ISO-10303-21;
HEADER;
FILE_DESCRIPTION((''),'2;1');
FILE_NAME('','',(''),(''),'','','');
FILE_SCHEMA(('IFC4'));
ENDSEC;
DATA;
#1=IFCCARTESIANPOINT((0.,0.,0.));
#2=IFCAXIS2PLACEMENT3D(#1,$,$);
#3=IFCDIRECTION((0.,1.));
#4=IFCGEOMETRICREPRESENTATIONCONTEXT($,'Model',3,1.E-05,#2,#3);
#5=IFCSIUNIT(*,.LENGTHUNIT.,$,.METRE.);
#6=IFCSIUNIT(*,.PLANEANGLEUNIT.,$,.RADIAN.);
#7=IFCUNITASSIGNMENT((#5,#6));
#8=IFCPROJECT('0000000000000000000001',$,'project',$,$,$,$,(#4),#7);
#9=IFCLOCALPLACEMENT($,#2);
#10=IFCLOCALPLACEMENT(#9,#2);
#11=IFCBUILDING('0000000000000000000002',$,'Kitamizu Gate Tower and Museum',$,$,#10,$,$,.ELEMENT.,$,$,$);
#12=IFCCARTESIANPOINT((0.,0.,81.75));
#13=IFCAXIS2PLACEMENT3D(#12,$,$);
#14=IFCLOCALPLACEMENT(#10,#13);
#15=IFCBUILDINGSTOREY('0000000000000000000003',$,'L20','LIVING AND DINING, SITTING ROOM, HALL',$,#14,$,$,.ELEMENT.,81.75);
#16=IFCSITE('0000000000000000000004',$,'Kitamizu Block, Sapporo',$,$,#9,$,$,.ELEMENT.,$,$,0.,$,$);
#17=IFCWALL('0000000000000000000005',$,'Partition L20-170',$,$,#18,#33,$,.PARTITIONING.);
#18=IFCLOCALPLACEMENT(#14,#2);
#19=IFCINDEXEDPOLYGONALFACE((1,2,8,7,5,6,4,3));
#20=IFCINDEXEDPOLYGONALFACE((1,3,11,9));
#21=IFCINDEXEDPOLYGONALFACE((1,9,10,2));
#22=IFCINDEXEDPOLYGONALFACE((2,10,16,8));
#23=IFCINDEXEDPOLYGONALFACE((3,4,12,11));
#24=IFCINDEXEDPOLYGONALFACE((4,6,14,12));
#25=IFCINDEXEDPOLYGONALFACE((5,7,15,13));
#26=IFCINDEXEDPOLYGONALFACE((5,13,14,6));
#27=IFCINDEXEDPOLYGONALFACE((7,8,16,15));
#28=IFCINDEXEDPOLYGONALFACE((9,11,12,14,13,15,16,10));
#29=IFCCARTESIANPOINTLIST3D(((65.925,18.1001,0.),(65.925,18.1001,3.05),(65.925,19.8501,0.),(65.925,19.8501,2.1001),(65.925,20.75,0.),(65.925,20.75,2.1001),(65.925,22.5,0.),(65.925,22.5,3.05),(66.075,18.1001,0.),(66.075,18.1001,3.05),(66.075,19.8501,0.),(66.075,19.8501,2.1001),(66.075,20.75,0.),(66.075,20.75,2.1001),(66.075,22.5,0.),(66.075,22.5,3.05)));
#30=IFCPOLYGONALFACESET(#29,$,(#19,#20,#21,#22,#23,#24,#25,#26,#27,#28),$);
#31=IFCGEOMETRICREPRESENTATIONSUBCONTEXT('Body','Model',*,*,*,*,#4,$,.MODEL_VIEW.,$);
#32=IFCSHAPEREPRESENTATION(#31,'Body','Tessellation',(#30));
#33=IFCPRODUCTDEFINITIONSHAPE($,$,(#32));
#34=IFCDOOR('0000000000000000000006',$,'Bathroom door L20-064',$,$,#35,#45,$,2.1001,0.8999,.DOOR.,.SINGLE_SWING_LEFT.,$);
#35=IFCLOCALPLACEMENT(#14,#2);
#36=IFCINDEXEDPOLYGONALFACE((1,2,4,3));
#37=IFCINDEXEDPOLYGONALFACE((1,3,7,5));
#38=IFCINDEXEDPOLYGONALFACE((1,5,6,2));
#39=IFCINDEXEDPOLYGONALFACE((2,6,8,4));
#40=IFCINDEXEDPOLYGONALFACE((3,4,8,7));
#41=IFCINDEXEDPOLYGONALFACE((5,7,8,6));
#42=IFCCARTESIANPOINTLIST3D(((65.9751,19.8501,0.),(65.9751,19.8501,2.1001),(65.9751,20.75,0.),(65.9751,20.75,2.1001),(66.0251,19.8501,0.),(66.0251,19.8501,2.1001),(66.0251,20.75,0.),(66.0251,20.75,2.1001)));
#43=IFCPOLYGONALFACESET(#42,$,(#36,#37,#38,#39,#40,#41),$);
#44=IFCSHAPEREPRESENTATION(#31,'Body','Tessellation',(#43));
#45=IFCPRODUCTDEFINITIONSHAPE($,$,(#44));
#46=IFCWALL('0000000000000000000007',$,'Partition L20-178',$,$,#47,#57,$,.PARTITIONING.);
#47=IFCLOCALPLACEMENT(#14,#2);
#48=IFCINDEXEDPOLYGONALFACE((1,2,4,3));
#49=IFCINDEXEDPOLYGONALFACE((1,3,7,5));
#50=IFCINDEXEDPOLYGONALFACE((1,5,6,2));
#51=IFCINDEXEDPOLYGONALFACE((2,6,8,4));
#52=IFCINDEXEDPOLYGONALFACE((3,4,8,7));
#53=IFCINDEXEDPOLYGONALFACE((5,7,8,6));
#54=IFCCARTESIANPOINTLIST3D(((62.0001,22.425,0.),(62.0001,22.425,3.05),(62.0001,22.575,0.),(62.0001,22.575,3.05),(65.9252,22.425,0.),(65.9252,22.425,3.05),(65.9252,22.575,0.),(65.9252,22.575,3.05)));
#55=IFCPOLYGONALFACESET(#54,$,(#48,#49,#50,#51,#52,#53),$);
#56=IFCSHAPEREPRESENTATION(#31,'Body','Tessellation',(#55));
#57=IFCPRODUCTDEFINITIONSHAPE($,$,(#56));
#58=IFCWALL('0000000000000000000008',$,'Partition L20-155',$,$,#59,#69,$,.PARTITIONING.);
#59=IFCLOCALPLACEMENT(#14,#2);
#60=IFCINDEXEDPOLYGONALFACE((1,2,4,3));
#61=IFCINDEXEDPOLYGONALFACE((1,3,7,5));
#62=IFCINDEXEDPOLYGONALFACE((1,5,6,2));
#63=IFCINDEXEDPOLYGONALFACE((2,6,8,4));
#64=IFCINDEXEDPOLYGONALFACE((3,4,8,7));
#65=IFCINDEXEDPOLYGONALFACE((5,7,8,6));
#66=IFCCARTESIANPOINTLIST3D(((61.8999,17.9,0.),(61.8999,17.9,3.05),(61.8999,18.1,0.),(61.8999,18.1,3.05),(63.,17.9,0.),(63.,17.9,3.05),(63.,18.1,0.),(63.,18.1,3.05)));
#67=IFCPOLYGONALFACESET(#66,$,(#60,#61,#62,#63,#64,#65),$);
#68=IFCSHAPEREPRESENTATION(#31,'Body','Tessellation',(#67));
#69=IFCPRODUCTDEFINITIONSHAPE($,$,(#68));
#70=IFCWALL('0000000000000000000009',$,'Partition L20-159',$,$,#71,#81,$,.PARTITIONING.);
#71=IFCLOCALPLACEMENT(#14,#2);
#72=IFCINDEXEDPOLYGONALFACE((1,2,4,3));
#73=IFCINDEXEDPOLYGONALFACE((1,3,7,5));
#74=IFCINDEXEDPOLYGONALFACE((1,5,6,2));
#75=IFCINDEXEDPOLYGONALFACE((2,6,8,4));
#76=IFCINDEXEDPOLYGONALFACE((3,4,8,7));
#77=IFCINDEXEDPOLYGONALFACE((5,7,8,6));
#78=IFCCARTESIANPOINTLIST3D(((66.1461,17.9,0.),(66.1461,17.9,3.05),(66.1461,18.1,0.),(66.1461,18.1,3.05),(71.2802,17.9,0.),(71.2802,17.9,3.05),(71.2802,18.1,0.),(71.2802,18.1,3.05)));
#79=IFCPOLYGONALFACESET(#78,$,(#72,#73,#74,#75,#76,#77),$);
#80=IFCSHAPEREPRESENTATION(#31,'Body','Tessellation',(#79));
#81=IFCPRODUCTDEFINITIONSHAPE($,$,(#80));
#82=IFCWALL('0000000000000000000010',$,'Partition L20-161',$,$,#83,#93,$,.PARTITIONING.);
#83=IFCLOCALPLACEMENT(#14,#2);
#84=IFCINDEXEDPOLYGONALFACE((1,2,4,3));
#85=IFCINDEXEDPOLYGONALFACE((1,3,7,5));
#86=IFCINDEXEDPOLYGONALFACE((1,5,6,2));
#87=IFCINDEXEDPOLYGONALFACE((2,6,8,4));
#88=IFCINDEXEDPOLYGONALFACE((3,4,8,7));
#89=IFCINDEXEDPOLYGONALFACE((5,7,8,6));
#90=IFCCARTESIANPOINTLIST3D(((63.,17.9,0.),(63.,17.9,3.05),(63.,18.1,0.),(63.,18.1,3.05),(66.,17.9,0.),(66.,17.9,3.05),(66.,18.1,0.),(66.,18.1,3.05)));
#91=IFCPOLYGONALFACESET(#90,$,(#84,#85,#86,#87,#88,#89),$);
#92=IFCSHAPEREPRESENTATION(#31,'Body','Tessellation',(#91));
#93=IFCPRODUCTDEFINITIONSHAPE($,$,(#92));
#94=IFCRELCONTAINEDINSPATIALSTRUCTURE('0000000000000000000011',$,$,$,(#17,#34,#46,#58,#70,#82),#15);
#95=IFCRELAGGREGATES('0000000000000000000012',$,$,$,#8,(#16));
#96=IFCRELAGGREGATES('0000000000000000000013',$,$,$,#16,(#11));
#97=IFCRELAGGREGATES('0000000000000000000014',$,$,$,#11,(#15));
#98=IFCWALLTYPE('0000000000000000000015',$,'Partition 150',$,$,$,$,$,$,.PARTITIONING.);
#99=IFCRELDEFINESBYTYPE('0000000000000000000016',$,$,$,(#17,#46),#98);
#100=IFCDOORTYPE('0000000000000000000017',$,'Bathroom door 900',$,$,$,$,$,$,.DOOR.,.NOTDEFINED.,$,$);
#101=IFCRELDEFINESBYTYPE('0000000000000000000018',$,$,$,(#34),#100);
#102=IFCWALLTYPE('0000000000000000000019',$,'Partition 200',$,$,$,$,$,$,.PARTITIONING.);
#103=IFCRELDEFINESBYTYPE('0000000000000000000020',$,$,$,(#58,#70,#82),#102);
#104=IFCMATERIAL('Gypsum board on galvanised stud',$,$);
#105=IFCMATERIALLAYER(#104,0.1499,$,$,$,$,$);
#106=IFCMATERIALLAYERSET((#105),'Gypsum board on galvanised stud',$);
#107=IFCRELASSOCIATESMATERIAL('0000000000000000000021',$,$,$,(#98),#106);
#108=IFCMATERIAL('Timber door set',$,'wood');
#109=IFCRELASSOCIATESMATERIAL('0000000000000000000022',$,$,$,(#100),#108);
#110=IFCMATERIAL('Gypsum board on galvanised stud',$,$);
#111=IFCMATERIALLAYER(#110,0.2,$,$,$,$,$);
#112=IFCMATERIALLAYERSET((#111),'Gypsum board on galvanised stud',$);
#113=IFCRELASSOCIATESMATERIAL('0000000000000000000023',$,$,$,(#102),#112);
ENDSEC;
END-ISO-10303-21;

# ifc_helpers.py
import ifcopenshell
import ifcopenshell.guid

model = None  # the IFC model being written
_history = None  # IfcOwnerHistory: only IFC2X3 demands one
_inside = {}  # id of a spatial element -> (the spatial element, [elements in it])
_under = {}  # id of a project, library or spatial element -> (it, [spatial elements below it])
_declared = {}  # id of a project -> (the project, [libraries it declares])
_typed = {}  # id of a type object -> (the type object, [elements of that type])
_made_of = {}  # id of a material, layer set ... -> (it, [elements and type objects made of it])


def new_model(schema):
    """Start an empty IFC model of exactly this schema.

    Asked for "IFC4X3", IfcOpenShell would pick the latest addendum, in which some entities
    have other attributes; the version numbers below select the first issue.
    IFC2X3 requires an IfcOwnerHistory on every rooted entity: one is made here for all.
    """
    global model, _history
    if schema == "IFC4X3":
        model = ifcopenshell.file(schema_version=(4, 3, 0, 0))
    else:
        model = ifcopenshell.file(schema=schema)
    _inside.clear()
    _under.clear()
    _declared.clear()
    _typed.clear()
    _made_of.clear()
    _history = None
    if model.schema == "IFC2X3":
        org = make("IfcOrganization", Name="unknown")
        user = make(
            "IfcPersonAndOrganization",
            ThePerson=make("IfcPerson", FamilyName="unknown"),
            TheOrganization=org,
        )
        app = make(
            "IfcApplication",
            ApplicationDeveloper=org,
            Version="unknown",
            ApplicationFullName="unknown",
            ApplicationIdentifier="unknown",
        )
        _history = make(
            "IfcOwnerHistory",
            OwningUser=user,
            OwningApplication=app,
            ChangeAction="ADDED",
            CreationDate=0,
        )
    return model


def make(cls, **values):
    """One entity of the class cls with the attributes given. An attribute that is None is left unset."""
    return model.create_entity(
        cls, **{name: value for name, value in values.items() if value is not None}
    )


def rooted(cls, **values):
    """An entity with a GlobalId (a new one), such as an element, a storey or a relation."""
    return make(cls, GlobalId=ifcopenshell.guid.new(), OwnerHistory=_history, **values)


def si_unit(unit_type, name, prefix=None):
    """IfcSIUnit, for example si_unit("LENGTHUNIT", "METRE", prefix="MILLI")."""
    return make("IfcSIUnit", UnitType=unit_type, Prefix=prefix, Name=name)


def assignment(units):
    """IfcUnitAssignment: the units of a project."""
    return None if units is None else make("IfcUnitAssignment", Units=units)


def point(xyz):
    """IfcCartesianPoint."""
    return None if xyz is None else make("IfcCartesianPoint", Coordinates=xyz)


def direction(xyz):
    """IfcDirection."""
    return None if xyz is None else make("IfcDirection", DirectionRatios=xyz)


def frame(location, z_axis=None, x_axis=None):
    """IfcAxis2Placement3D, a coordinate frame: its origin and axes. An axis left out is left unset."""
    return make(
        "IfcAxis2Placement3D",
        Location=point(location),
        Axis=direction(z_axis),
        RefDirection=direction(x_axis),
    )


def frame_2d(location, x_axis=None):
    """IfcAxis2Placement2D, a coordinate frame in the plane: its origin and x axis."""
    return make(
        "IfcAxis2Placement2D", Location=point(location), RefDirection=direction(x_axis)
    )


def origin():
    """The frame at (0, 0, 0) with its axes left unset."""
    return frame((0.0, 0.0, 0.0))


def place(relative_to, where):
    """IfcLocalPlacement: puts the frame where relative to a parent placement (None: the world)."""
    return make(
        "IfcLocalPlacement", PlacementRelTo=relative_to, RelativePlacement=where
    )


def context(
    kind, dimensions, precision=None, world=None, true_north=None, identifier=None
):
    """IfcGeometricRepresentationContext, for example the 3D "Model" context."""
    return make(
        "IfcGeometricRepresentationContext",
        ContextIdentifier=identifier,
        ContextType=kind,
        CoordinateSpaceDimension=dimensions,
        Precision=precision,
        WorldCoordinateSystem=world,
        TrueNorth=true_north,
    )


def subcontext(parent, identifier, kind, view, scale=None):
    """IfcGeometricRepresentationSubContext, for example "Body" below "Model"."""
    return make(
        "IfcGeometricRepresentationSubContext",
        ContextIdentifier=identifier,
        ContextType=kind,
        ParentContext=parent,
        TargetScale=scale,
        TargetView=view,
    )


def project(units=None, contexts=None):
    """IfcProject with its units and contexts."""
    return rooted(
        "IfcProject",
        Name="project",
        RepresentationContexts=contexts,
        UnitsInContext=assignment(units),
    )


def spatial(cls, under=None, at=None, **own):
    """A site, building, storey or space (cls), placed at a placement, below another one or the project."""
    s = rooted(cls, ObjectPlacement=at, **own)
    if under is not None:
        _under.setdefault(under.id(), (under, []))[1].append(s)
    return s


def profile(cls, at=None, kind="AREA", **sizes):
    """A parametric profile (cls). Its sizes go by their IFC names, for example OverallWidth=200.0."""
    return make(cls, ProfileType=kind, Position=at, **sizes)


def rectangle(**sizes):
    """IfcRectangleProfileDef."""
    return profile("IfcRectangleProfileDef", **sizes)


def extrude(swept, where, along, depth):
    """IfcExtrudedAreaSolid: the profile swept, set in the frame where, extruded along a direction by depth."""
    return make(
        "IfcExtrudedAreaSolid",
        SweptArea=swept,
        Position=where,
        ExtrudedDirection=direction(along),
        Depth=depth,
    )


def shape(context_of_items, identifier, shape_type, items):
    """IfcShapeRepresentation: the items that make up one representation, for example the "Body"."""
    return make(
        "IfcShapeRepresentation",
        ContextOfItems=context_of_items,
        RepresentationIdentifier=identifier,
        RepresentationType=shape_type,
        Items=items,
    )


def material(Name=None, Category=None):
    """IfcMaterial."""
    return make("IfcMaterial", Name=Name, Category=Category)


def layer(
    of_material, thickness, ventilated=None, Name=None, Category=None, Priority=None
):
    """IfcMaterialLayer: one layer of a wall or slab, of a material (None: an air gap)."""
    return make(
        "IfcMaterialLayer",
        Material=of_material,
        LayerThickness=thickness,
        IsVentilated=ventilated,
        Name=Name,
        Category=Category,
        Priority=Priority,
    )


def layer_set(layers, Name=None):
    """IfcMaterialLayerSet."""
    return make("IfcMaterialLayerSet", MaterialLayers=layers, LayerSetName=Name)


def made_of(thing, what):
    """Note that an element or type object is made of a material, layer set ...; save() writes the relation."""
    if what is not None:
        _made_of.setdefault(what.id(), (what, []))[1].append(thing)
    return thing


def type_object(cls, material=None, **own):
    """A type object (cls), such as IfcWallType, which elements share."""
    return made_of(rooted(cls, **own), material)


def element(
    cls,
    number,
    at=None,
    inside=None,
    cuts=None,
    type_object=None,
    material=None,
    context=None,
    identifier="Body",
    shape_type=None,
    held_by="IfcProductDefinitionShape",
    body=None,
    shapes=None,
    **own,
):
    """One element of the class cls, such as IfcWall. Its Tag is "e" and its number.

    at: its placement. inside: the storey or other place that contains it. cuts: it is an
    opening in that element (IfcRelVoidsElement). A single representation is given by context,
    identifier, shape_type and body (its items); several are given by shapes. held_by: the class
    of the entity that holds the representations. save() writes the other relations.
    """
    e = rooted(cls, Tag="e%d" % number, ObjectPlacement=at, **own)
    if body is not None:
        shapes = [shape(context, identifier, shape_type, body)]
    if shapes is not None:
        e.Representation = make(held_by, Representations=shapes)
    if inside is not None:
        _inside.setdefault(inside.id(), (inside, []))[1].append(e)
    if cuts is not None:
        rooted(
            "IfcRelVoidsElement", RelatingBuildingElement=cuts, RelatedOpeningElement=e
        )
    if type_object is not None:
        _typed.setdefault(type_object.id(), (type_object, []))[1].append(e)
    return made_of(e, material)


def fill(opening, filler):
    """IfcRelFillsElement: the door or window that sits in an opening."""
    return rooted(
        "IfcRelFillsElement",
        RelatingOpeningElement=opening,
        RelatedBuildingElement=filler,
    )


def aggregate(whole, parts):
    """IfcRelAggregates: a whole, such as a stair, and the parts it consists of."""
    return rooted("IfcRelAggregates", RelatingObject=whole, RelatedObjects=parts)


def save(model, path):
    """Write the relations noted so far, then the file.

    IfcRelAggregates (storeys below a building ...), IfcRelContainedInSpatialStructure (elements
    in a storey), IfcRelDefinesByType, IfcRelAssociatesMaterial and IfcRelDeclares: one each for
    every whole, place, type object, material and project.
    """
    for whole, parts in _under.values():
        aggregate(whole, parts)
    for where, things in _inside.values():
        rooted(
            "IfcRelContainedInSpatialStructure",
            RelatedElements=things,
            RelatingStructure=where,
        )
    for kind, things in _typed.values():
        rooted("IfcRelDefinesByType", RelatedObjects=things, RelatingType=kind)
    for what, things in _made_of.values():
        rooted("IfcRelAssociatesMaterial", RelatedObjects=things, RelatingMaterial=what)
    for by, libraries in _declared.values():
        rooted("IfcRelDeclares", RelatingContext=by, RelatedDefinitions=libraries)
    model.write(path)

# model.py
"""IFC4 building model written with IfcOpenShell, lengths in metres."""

from ifc_helpers import new_model, si_unit, direction, frame, frame_2d, origin, place, context, subcontext, project, spatial, rectangle, extrude, material, layer, layer_set, type_object, element, fill, save


model = new_model("IFC4")

# Units and contexts
model_context = context("Model", 3, precision=1e-05, world=origin(), true_north=direction((0.0, 1.0)))
body_context = subcontext(model_context, "Body", "Model", "MODEL_VIEW")
ifc_project = project(units=[si_unit("LENGTHUNIT", "METRE"), si_unit("PLANEANGLEUNIT", "RADIAN")], contexts=[model_context])

# Site, building, storey
site_placement = place(None, origin())
site = spatial("IfcSite", under=ifc_project, at=site_placement, Name="Kitamizu Block, Sapporo", CompositionType="ELEMENT", RefElevation=0.0)
building_placement = place(site_placement, origin())
building = spatial("IfcBuilding", under=site, at=building_placement, Name="Kitamizu Gate Tower and Museum", CompositionType="ELEMENT")
storey_placement = place(building_placement, frame((0.0, 0.0, 81.75)))
storey = spatial("IfcBuildingStorey", under=building, at=storey_placement, Name="L20", Description="LIVING AND DINING, SITTING ROOM, HALL", CompositionType="ELEMENT", Elevation=81.75)

# Shared definitions
ifc_material_1 = material(Name="Gypsum board on galvanised stud")
ifc_layer_1 = layer(ifc_material_1, 0.1499)
ifc_layer_set_1 = layer_set([ifc_layer_1], Name="Gypsum board on galvanised stud")
wall_type_1 = type_object("IfcWallType", Name="Partition 150", PredefinedType="PARTITIONING", material=ifc_layer_set_1)

# Wall, opening, door
wall_1_placement = place(storey_placement, frame((66.0, 22.5, 0.0), z_axis=(0.0, 0.0, 1.0), x_axis=(0.0, -1.0, 0.0)))
wall_1 = element("IfcWall", 1, at=wall_1_placement, inside=storey, type_object=wall_type_1, Name="Partition L20-170", PredefinedType="PARTITIONING", context=body_context, shape_type="SweptSolid", body=[
    extrude(rectangle(XDim=4.3999, YDim=0.1499, at=frame_2d((2.2, 0.0))), origin(), (0.0, 0.0, 1.0), 3.05),
])
opening_1_placement = place(wall_1_placement, frame((1.75, 0.0, 0.0)))
opening_1 = element("IfcOpeningElement", 2, at=opening_1_placement, cuts=wall_1, PredefinedType="OPENING", context=body_context, shape_type="SweptSolid", body=[
    extrude(rectangle(XDim=0.8999, YDim=2.1001, at=frame_2d((0.45, 1.05))), frame((0.0, 0.085, 0.0), z_axis=(0.0, -1.0, 0.0), x_axis=(1.0, 0.0, 0.0)), (0.0, 0.0, 1.0), 0.1699),
])
ifc_material_2 = material(Name="Timber door set", Category="wood")
door_type_1 = type_object("IfcDoorType", Name="Bathroom door 900", OperationType="NOTDEFINED", PredefinedType="DOOR", material=ifc_material_2)
door_1_placement = place(opening_1_placement, frame((0.8999, 0.0, 0.0), x_axis=(-1.0, 0.0, 0.0)))
door_1 = element("IfcDoor", 3, at=door_1_placement, inside=storey, type_object=door_type_1, Name="Bathroom door L20-064", OperationType="SINGLE_SWING_LEFT", OverallHeight=2.1001, OverallWidth=0.8999, PredefinedType="DOOR", context=body_context, shape_type="SweptSolid", body=[
    extrude(rectangle(XDim=0.8999, YDim=2.1001, at=frame_2d((0.45, 1.05))), frame((0.0, 0.0249, 0.0), z_axis=(0.0, -1.0, 0.0), x_axis=(1.0, 0.0, 0.0)), (0.0, 0.0, 1.0), 0.05),
])
fill(opening_1, door_1)

# Walls
wall_2_placement = place(storey_placement, frame((65.925, 22.5, 0.0), z_axis=(0.0, 0.0, 1.0), x_axis=(-1.0, 0.0, 0.0)))
element("IfcWall", 4, at=wall_2_placement, inside=storey, type_object=wall_type_1, Name="Partition L20-178", PredefinedType="PARTITIONING", context=body_context, shape_type="SweptSolid", body=[
    extrude(rectangle(XDim=3.925, YDim=0.1499, at=frame_2d((1.9624, 0.0))), origin(), (0.0, 0.0, 1.0), 3.05),
])
ifc_material_3 = material(Name="Gypsum board on galvanised stud")
ifc_layer_2 = layer(ifc_material_3, 0.2)
ifc_layer_set_2 = layer_set([ifc_layer_2], Name="Gypsum board on galvanised stud")
wall_type_2 = type_object("IfcWallType", Name="Partition 200", PredefinedType="PARTITIONING", material=ifc_layer_set_2)
wall_3_placement = place(storey_placement, frame((63.0, 18.0, 0.0), z_axis=(0.0, 0.0, 1.0), x_axis=(-1.0, 0.0, 0.0)))
element("IfcWall", 5, at=wall_3_placement, inside=storey, type_object=wall_type_2, Name="Partition L20-155", PredefinedType="PARTITIONING", context=body_context, shape_type="SweptSolid", body=[
    extrude(rectangle(XDim=1.1001, YDim=0.2, at=frame_2d((0.55, 0.0))), origin(), (0.0, 0.0, 1.0), 3.05),
])
wall_4_placement = place(storey_placement, frame((71.28, 18.0, 0.0), z_axis=(0.0, 0.0, 1.0), x_axis=(-1.0, 0.0, 0.0)))
element("IfcWall", 6, at=wall_4_placement, inside=storey, type_object=wall_type_2, Name="Partition L20-159", PredefinedType="PARTITIONING", context=body_context, shape_type="SweptSolid", body=[
    extrude(rectangle(XDim=5.134, YDim=0.2, at=frame_2d((2.5669, 0.0))), origin(), (0.0, 0.0, 1.0), 3.05),
])
wall_5_placement = place(storey_placement, frame((66.0, 18.0, 0.0), z_axis=(0.0, 0.0, 1.0), x_axis=(-1.0, 0.0, 0.0)))
element("IfcWall", 7, at=wall_5_placement, inside=storey, type_object=wall_type_2, Name="Partition L20-161", PredefinedType="PARTITIONING", context=body_context, shape_type="SweptSolid", body=[
    extrude(rectangle(XDim=3.0, YDim=0.2, at=frame_2d((1.5, 0.0))), origin(), (0.0, 0.0, 1.0), 3.05),
])

save(model, "model.ifc")
